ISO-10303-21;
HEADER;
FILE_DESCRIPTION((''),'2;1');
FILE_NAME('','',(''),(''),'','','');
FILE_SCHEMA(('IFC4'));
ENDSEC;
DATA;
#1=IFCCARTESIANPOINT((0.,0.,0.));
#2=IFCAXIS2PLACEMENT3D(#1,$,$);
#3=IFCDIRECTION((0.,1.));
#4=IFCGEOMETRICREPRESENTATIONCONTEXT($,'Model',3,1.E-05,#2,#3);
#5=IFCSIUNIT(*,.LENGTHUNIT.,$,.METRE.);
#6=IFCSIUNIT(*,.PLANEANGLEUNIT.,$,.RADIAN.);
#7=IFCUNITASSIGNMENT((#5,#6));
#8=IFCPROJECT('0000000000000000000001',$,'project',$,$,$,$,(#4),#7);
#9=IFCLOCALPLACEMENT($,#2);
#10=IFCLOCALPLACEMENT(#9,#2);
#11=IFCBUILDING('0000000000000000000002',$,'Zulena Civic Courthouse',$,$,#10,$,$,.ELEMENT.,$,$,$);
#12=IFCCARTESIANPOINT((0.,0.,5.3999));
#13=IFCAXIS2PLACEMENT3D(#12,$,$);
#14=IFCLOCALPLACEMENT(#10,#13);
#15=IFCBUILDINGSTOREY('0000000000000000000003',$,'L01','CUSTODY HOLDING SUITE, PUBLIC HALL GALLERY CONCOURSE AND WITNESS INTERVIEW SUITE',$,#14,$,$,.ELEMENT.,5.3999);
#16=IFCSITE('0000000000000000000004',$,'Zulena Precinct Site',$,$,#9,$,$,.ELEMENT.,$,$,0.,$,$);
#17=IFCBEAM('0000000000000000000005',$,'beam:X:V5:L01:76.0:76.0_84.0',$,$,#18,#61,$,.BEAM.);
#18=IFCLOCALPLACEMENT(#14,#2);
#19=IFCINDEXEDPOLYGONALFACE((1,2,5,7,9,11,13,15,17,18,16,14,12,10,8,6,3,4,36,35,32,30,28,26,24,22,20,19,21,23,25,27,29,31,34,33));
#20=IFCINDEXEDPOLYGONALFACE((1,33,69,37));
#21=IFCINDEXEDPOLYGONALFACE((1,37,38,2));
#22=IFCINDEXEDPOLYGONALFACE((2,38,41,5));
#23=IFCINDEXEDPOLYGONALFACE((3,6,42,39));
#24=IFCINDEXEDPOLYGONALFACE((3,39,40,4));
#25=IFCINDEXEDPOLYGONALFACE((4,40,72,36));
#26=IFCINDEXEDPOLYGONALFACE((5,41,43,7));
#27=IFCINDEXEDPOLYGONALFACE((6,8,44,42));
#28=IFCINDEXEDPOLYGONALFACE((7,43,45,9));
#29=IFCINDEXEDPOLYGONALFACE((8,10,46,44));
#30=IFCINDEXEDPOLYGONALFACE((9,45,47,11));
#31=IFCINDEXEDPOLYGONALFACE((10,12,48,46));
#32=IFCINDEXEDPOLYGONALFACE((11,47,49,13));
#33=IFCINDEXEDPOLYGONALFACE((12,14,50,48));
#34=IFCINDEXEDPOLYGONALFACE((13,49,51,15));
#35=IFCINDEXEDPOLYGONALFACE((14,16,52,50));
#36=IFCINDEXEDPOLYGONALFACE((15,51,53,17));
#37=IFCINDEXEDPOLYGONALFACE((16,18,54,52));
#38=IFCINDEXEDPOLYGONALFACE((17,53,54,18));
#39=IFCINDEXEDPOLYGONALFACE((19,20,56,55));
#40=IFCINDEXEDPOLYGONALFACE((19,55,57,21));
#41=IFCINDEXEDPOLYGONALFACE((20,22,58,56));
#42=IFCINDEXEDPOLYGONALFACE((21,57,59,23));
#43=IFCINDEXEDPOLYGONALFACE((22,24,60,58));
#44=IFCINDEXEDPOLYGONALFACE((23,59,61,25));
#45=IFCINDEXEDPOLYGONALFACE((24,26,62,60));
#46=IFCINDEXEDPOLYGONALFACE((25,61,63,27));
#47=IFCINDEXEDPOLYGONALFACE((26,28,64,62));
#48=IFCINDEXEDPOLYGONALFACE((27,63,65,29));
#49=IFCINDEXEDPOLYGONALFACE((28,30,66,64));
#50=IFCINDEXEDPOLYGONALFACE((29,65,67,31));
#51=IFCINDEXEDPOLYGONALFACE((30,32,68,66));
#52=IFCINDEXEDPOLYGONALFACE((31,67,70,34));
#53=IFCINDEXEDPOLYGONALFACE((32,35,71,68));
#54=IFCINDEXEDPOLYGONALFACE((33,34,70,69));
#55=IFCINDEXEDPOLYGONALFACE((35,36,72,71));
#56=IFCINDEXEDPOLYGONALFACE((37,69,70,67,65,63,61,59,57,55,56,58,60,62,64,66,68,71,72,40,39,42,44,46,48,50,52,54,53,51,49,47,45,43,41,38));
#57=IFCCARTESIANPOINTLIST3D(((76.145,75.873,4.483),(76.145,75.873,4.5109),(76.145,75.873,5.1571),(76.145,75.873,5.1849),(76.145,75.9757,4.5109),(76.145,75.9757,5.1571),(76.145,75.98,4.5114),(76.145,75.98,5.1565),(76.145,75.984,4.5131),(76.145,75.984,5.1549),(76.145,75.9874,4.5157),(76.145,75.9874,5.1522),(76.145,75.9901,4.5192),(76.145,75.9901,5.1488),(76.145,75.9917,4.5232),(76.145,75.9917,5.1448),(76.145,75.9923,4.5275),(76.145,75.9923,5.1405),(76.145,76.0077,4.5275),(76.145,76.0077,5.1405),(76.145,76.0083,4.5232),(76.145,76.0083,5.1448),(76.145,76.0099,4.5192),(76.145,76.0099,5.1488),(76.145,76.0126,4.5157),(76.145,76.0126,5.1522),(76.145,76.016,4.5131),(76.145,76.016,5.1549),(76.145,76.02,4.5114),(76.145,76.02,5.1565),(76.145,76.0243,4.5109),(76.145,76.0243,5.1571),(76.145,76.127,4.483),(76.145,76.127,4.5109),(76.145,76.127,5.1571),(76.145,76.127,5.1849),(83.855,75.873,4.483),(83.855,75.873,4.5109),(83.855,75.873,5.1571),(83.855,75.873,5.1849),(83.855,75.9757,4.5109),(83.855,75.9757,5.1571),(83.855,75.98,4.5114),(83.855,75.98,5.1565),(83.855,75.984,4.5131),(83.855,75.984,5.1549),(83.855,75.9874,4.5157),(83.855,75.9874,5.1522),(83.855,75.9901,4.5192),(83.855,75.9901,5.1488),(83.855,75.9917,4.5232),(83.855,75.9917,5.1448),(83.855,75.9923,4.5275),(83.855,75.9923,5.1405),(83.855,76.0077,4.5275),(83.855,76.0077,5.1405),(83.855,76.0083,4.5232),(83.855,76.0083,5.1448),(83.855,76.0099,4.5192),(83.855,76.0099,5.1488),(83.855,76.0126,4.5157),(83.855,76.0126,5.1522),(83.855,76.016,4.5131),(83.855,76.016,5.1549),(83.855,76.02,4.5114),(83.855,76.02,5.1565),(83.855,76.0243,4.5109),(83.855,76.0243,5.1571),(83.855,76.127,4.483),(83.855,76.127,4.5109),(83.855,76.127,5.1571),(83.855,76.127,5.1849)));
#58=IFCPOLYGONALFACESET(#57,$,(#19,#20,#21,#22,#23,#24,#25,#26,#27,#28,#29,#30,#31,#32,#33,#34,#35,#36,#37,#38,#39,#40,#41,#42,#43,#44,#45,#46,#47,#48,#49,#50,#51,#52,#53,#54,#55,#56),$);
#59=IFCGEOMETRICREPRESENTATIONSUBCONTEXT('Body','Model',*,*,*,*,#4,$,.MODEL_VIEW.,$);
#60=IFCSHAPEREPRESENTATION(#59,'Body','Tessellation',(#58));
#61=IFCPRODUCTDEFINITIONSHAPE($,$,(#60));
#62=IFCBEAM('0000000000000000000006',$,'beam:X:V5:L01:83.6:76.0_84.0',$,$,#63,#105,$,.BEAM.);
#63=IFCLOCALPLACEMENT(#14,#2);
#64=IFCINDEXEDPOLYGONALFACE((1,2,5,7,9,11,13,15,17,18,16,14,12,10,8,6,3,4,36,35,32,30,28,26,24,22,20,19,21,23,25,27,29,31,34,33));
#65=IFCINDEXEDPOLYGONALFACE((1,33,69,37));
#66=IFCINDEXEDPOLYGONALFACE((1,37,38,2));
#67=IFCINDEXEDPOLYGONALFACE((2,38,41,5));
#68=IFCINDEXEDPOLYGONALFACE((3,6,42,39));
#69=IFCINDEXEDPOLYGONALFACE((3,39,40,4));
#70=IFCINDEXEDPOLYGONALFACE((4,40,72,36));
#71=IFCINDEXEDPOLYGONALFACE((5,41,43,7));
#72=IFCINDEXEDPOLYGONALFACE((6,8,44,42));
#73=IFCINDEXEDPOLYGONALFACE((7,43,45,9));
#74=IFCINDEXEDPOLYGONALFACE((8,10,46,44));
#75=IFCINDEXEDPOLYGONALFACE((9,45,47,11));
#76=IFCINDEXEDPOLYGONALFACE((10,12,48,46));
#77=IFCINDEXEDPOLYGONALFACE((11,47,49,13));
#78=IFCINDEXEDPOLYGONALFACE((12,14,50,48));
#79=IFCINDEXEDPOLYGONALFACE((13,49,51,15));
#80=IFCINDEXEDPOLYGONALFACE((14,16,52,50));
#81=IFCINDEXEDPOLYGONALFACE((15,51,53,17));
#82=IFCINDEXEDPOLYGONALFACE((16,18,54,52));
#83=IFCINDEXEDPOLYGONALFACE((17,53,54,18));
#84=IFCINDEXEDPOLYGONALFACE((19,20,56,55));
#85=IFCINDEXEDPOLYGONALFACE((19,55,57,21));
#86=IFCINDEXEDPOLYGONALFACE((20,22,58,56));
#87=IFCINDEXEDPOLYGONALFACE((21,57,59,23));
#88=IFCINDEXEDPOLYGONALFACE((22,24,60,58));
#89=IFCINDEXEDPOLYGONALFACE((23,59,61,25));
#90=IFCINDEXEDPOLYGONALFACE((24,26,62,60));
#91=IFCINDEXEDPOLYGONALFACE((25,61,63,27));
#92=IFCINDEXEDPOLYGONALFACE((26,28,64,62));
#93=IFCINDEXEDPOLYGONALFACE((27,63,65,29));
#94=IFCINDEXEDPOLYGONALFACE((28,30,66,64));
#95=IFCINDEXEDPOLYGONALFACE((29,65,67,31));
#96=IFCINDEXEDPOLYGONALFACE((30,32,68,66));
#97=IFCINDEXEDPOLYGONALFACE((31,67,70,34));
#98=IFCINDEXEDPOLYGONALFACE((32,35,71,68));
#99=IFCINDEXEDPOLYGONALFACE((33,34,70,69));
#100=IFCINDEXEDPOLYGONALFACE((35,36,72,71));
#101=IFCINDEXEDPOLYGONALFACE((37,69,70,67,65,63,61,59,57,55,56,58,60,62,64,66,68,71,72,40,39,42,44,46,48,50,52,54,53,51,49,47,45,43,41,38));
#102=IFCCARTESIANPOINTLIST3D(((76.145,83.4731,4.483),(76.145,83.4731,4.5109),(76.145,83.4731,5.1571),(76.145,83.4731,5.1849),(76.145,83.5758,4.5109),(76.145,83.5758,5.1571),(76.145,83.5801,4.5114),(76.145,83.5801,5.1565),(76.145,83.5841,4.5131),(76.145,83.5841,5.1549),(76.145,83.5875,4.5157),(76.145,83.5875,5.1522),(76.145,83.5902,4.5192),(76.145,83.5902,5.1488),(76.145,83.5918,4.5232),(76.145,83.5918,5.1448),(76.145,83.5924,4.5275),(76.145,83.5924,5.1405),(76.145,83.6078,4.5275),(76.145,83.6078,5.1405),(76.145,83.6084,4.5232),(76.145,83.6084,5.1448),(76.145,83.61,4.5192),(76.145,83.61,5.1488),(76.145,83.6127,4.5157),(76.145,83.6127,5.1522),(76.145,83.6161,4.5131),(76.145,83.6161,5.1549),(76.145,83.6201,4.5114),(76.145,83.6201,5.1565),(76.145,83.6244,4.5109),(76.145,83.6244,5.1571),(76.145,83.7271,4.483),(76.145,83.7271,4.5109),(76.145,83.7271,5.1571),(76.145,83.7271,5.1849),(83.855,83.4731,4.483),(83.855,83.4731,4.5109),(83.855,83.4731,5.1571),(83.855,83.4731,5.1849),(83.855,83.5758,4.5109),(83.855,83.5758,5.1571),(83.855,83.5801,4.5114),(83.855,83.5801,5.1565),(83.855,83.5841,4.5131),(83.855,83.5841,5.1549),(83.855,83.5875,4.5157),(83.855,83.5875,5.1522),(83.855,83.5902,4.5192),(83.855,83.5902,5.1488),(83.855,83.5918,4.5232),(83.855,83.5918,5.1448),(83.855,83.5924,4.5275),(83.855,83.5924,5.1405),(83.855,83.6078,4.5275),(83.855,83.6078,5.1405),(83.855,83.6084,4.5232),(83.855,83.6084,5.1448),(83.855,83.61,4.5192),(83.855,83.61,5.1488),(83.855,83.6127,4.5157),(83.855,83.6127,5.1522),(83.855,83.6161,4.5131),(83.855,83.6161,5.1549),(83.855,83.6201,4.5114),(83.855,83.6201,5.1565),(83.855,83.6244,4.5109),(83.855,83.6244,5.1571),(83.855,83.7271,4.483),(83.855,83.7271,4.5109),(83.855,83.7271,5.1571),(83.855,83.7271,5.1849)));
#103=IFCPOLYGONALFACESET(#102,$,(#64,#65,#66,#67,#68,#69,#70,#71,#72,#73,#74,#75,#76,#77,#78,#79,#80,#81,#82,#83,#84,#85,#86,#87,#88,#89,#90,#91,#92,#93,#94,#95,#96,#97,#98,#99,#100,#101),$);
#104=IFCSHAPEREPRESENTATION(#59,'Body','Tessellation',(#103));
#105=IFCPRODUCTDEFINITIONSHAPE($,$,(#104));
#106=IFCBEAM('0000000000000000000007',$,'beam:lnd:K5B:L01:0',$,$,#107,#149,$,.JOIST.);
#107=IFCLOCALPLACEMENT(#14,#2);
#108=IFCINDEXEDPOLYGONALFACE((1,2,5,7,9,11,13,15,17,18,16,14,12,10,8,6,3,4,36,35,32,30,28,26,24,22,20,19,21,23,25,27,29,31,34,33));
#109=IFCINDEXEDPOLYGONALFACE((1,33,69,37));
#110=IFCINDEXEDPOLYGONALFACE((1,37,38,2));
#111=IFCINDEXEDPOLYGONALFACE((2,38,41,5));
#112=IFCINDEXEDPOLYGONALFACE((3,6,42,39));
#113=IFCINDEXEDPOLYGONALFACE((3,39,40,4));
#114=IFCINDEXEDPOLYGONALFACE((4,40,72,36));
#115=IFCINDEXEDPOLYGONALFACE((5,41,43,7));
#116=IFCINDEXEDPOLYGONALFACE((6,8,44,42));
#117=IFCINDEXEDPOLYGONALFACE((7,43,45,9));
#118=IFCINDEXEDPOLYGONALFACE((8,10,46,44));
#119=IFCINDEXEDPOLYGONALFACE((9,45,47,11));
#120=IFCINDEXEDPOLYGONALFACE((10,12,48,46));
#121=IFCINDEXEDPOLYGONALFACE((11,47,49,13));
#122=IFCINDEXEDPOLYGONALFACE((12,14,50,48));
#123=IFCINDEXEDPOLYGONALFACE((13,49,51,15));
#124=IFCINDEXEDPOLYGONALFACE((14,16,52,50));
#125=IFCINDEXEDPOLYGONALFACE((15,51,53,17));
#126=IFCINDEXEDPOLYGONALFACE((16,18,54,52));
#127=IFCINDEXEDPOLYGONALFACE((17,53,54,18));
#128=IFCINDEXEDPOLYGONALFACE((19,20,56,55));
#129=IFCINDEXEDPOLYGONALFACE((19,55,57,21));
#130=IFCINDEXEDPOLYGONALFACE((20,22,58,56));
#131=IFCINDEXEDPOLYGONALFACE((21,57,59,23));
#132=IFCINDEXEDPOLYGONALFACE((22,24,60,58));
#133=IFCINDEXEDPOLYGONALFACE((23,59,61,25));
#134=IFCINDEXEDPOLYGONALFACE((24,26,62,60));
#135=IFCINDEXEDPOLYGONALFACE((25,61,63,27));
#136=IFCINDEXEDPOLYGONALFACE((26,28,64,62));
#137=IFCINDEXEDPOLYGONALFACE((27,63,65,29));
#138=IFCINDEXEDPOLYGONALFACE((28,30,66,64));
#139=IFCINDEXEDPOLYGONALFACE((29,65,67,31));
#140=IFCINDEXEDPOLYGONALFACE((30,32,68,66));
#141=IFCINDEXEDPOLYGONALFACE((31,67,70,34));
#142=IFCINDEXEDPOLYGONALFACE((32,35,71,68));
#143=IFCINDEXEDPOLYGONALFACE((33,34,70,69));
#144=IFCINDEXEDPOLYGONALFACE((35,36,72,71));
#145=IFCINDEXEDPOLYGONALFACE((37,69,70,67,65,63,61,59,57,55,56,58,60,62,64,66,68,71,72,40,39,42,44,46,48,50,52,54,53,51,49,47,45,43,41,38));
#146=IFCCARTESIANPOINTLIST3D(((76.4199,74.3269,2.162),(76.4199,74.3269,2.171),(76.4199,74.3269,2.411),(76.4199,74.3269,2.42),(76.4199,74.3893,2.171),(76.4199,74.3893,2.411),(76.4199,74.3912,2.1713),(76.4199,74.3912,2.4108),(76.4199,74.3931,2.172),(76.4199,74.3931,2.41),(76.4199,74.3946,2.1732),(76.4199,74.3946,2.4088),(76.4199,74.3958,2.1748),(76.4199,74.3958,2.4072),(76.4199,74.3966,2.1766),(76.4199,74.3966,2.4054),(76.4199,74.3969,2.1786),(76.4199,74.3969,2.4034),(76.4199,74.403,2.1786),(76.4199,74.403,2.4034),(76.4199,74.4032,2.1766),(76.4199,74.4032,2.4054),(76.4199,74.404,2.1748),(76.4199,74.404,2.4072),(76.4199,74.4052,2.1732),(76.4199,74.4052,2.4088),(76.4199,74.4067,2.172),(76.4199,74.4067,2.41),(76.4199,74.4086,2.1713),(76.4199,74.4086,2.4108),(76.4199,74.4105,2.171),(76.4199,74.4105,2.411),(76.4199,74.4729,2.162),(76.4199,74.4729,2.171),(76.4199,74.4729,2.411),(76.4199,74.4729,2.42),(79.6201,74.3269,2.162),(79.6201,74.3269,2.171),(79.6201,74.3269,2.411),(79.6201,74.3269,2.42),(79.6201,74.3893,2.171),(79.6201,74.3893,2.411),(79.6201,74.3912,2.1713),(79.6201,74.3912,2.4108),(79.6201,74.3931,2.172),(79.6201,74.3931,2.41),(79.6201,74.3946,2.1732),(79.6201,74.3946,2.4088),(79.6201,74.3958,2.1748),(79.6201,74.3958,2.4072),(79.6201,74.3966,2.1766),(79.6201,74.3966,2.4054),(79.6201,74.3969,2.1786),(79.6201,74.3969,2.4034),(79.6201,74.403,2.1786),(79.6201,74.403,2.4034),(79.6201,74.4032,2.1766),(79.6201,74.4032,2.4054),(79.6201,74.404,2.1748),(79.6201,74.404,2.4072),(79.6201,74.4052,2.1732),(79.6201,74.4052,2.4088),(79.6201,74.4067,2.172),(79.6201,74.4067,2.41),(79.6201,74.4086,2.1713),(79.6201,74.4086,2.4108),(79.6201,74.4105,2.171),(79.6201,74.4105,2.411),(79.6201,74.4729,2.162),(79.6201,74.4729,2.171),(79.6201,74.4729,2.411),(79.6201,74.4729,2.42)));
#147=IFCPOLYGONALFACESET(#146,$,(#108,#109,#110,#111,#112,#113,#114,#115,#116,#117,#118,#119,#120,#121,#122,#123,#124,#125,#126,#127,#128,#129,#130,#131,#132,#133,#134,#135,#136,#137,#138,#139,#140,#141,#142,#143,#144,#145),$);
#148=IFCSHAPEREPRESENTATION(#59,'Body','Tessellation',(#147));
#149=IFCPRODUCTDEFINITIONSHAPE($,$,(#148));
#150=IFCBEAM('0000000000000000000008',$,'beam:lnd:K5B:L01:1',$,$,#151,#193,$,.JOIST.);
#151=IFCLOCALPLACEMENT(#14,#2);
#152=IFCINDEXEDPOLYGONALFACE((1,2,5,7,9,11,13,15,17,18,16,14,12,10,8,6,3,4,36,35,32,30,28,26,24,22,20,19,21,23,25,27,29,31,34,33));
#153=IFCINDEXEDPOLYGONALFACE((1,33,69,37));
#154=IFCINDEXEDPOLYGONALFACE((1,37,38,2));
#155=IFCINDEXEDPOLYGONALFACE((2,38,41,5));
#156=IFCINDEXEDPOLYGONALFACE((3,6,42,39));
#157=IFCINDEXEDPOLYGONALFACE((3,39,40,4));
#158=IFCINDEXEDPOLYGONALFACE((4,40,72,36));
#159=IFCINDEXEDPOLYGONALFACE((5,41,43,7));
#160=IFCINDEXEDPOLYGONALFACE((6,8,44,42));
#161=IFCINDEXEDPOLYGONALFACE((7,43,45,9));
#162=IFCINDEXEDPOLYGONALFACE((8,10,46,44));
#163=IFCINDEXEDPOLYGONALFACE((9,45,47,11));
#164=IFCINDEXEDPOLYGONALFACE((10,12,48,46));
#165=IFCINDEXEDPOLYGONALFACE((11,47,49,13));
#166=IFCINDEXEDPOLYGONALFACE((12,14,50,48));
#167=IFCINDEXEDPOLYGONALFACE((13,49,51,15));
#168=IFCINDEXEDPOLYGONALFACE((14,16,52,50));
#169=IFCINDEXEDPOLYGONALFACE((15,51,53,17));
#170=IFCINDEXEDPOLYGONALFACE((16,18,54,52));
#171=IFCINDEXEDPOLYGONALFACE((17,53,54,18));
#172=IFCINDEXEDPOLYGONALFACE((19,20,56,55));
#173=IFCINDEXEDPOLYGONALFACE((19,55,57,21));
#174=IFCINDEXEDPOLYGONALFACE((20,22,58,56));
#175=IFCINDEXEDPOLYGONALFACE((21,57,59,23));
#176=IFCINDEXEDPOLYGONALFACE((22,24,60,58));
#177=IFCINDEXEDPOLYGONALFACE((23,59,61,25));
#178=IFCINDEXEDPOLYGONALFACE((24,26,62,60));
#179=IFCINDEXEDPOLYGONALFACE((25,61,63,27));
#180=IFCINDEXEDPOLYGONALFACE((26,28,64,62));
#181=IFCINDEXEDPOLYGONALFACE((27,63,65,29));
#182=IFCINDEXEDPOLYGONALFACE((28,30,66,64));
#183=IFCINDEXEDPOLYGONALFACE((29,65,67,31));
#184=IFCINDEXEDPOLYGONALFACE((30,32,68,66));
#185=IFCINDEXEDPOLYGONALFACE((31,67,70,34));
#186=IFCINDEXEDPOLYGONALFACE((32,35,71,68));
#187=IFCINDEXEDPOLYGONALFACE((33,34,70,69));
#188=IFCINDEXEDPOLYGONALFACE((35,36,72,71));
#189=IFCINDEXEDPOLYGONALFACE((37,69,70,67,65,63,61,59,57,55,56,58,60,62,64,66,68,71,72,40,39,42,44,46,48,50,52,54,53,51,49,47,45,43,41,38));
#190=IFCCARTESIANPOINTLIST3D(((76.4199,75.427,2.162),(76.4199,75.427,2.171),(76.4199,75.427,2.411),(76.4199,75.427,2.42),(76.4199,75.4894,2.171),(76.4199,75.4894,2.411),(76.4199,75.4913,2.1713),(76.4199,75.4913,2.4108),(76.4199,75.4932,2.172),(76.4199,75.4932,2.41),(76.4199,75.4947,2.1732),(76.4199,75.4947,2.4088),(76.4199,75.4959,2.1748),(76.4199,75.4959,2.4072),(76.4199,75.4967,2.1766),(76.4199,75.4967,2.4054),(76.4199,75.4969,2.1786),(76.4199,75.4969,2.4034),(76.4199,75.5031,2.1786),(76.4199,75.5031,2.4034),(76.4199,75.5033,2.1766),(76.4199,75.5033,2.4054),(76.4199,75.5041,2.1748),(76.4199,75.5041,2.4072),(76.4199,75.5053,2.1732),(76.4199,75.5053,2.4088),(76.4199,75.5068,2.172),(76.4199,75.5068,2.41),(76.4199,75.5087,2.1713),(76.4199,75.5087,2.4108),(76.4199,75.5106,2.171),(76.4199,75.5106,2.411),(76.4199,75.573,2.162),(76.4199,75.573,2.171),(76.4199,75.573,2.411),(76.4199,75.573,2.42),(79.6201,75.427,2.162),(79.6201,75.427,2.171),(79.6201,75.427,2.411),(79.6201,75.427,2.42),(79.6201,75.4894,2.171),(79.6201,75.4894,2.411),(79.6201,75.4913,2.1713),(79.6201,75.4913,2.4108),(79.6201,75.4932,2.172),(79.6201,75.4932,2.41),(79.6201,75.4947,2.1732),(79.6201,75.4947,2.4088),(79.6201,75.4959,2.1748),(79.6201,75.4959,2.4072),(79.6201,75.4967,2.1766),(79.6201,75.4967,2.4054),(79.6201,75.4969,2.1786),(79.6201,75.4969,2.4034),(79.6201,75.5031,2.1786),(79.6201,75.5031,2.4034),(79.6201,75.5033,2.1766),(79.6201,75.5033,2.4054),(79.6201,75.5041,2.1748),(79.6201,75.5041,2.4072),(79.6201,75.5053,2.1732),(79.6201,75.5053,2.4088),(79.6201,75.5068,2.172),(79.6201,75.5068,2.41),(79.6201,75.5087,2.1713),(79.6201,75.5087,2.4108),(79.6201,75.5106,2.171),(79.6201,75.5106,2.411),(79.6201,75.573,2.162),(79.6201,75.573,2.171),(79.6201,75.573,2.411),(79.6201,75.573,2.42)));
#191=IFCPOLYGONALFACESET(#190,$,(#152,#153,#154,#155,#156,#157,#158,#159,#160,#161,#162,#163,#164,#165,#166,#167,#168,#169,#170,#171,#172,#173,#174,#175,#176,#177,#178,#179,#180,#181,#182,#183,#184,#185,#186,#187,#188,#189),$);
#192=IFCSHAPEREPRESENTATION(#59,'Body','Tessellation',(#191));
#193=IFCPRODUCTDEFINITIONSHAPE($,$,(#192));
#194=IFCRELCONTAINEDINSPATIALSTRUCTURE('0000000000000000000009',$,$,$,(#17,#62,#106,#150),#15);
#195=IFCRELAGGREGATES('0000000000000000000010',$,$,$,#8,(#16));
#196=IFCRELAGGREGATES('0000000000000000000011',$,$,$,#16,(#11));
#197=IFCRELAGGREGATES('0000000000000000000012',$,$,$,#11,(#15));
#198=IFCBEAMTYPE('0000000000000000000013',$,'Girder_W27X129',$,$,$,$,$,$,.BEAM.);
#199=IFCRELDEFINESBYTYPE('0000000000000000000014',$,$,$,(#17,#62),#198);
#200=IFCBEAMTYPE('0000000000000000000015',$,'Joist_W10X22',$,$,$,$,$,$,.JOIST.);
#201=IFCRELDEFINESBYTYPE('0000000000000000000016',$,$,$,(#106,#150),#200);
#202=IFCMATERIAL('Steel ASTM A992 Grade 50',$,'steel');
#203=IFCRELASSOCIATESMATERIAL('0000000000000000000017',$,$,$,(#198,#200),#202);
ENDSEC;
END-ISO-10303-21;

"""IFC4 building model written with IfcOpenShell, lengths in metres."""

from ifc_helpers import new_model, si_unit, direction, frame, origin, origin_2d, place, context, subcontext, project, spatial, i_section, extrude, material, material_profile, profile_set, type_object, element, save


model = new_model("IFC4")

# Units and contexts
model_context = context("Model", 3, precision=1e-05, world=origin(), true_north=direction((0.0, 1.0)))
body_context = subcontext(model_context, "Body", "Model", "MODEL_VIEW")
ifc_project = project(units=[si_unit("LENGTHUNIT", "METRE"), si_unit("PLANEANGLEUNIT", "RADIAN")], contexts=[model_context])

# Site, building, storey
site_placement = place(None, origin())
site = spatial("IfcSite", under=ifc_project, at=site_placement, Name="Zulena Precinct Site", CompositionType="ELEMENT", RefElevation=0.0)
building_placement = place(site_placement, origin())
building = spatial("IfcBuilding", under=site, at=building_placement, Name="Zulena Civic Courthouse", CompositionType="ELEMENT")
storey_placement = place(building_placement, frame((0.0, 0.0, 5.3999)))
storey = spatial("IfcBuildingStorey", under=building, at=storey_placement, Name="L01", Description="CUSTODY HOLDING SUITE, PUBLIC HALL GALLERY CONCOURSE AND WITNESS INTERVIEW SUITE", CompositionType="ELEMENT", Elevation=5.3999)

# Shared definitions
ifc_material_1 = material(Name="Steel ASTM A992 Grade 50", Category="steel")

# Beams
ifc_material_profile_1 = material_profile(ifc_material_1, i_section(OverallWidth=0.2539, OverallDepth=0.7019, WebThickness=0.0154, FlangeThickness=0.0278, FilletRadius=0.0166, at=origin_2d()), Name="W27X129")
ifc_profile_set_1 = profile_set([ifc_material_profile_1], Name="Steel ASTM A992 Grade 50")
beam_type_1 = type_object("IfcBeamType", Name="Girder_W27X129", PredefinedType="BEAM", material=ifc_profile_set_1)
for number, where, z_axis, x_axis, name in (
    (1, (76.145, 76.0, 4.834), (1.0, 0.0, 0.0), (0.0, 1.0, 0.0), "beam:X:V5:L01:76.0:76.0_84.0"),
    (2, (76.145, 83.6001, 4.834), (1.0, 0.0, 0.0), (0.0, 1.0, 0.0), "beam:X:V5:L01:83.6:76.0_84.0"),
):
    element("IfcBeam", number, at=place(storey_placement, frame(where, z_axis=z_axis, x_axis=x_axis)), inside=storey, type_object=beam_type_1, Name=name, PredefinedType="BEAM", context=body_context, shape_type="SweptSolid", body=[
        extrude(i_section(OverallWidth=0.2539, OverallDepth=0.7019, WebThickness=0.0154, FlangeThickness=0.0278, FilletRadius=0.0166, at=origin_2d()), origin(), (0.0, 0.0, 1.0), 7.71),
    ])
ifc_material_profile_2 = material_profile(ifc_material_1, i_section(OverallWidth=0.146, OverallDepth=0.2581, WebThickness=0.0061, FlangeThickness=0.009, FilletRadius=0.0076, at=origin_2d()), Name="W10X22")
ifc_profile_set_2 = profile_set([ifc_material_profile_2], Name="Steel ASTM A992 Grade 50")
beam_type_2 = type_object("IfcBeamType", Name="Joist_W10X22", PredefinedType="JOIST", material=ifc_profile_set_2)
for number, where, z_axis, x_axis, name in (
    (3, (76.4199, 74.3999, 2.291), (1.0, 0.0, 0.0), (0.0, 1.0, 0.0), "beam:lnd:K5B:L01:0"),
    (4, (76.4199, 75.5, 2.291), (1.0, 0.0, 0.0), (0.0, 1.0, 0.0), "beam:lnd:K5B:L01:1"),
):
    element("IfcBeam", number, at=place(storey_placement, frame(where, z_axis=z_axis, x_axis=x_axis)), inside=storey, type_object=beam_type_2, Name=name, PredefinedType="JOIST", context=body_context, shape_type="SweptSolid", body=[
        extrude(i_section(OverallWidth=0.146, OverallDepth=0.2581, WebThickness=0.0061, FlangeThickness=0.009, FilletRadius=0.0076, at=origin_2d()), origin(), (0.0, 0.0, 1.0), 3.2002),
    ])

save(model, "model.ifc")
